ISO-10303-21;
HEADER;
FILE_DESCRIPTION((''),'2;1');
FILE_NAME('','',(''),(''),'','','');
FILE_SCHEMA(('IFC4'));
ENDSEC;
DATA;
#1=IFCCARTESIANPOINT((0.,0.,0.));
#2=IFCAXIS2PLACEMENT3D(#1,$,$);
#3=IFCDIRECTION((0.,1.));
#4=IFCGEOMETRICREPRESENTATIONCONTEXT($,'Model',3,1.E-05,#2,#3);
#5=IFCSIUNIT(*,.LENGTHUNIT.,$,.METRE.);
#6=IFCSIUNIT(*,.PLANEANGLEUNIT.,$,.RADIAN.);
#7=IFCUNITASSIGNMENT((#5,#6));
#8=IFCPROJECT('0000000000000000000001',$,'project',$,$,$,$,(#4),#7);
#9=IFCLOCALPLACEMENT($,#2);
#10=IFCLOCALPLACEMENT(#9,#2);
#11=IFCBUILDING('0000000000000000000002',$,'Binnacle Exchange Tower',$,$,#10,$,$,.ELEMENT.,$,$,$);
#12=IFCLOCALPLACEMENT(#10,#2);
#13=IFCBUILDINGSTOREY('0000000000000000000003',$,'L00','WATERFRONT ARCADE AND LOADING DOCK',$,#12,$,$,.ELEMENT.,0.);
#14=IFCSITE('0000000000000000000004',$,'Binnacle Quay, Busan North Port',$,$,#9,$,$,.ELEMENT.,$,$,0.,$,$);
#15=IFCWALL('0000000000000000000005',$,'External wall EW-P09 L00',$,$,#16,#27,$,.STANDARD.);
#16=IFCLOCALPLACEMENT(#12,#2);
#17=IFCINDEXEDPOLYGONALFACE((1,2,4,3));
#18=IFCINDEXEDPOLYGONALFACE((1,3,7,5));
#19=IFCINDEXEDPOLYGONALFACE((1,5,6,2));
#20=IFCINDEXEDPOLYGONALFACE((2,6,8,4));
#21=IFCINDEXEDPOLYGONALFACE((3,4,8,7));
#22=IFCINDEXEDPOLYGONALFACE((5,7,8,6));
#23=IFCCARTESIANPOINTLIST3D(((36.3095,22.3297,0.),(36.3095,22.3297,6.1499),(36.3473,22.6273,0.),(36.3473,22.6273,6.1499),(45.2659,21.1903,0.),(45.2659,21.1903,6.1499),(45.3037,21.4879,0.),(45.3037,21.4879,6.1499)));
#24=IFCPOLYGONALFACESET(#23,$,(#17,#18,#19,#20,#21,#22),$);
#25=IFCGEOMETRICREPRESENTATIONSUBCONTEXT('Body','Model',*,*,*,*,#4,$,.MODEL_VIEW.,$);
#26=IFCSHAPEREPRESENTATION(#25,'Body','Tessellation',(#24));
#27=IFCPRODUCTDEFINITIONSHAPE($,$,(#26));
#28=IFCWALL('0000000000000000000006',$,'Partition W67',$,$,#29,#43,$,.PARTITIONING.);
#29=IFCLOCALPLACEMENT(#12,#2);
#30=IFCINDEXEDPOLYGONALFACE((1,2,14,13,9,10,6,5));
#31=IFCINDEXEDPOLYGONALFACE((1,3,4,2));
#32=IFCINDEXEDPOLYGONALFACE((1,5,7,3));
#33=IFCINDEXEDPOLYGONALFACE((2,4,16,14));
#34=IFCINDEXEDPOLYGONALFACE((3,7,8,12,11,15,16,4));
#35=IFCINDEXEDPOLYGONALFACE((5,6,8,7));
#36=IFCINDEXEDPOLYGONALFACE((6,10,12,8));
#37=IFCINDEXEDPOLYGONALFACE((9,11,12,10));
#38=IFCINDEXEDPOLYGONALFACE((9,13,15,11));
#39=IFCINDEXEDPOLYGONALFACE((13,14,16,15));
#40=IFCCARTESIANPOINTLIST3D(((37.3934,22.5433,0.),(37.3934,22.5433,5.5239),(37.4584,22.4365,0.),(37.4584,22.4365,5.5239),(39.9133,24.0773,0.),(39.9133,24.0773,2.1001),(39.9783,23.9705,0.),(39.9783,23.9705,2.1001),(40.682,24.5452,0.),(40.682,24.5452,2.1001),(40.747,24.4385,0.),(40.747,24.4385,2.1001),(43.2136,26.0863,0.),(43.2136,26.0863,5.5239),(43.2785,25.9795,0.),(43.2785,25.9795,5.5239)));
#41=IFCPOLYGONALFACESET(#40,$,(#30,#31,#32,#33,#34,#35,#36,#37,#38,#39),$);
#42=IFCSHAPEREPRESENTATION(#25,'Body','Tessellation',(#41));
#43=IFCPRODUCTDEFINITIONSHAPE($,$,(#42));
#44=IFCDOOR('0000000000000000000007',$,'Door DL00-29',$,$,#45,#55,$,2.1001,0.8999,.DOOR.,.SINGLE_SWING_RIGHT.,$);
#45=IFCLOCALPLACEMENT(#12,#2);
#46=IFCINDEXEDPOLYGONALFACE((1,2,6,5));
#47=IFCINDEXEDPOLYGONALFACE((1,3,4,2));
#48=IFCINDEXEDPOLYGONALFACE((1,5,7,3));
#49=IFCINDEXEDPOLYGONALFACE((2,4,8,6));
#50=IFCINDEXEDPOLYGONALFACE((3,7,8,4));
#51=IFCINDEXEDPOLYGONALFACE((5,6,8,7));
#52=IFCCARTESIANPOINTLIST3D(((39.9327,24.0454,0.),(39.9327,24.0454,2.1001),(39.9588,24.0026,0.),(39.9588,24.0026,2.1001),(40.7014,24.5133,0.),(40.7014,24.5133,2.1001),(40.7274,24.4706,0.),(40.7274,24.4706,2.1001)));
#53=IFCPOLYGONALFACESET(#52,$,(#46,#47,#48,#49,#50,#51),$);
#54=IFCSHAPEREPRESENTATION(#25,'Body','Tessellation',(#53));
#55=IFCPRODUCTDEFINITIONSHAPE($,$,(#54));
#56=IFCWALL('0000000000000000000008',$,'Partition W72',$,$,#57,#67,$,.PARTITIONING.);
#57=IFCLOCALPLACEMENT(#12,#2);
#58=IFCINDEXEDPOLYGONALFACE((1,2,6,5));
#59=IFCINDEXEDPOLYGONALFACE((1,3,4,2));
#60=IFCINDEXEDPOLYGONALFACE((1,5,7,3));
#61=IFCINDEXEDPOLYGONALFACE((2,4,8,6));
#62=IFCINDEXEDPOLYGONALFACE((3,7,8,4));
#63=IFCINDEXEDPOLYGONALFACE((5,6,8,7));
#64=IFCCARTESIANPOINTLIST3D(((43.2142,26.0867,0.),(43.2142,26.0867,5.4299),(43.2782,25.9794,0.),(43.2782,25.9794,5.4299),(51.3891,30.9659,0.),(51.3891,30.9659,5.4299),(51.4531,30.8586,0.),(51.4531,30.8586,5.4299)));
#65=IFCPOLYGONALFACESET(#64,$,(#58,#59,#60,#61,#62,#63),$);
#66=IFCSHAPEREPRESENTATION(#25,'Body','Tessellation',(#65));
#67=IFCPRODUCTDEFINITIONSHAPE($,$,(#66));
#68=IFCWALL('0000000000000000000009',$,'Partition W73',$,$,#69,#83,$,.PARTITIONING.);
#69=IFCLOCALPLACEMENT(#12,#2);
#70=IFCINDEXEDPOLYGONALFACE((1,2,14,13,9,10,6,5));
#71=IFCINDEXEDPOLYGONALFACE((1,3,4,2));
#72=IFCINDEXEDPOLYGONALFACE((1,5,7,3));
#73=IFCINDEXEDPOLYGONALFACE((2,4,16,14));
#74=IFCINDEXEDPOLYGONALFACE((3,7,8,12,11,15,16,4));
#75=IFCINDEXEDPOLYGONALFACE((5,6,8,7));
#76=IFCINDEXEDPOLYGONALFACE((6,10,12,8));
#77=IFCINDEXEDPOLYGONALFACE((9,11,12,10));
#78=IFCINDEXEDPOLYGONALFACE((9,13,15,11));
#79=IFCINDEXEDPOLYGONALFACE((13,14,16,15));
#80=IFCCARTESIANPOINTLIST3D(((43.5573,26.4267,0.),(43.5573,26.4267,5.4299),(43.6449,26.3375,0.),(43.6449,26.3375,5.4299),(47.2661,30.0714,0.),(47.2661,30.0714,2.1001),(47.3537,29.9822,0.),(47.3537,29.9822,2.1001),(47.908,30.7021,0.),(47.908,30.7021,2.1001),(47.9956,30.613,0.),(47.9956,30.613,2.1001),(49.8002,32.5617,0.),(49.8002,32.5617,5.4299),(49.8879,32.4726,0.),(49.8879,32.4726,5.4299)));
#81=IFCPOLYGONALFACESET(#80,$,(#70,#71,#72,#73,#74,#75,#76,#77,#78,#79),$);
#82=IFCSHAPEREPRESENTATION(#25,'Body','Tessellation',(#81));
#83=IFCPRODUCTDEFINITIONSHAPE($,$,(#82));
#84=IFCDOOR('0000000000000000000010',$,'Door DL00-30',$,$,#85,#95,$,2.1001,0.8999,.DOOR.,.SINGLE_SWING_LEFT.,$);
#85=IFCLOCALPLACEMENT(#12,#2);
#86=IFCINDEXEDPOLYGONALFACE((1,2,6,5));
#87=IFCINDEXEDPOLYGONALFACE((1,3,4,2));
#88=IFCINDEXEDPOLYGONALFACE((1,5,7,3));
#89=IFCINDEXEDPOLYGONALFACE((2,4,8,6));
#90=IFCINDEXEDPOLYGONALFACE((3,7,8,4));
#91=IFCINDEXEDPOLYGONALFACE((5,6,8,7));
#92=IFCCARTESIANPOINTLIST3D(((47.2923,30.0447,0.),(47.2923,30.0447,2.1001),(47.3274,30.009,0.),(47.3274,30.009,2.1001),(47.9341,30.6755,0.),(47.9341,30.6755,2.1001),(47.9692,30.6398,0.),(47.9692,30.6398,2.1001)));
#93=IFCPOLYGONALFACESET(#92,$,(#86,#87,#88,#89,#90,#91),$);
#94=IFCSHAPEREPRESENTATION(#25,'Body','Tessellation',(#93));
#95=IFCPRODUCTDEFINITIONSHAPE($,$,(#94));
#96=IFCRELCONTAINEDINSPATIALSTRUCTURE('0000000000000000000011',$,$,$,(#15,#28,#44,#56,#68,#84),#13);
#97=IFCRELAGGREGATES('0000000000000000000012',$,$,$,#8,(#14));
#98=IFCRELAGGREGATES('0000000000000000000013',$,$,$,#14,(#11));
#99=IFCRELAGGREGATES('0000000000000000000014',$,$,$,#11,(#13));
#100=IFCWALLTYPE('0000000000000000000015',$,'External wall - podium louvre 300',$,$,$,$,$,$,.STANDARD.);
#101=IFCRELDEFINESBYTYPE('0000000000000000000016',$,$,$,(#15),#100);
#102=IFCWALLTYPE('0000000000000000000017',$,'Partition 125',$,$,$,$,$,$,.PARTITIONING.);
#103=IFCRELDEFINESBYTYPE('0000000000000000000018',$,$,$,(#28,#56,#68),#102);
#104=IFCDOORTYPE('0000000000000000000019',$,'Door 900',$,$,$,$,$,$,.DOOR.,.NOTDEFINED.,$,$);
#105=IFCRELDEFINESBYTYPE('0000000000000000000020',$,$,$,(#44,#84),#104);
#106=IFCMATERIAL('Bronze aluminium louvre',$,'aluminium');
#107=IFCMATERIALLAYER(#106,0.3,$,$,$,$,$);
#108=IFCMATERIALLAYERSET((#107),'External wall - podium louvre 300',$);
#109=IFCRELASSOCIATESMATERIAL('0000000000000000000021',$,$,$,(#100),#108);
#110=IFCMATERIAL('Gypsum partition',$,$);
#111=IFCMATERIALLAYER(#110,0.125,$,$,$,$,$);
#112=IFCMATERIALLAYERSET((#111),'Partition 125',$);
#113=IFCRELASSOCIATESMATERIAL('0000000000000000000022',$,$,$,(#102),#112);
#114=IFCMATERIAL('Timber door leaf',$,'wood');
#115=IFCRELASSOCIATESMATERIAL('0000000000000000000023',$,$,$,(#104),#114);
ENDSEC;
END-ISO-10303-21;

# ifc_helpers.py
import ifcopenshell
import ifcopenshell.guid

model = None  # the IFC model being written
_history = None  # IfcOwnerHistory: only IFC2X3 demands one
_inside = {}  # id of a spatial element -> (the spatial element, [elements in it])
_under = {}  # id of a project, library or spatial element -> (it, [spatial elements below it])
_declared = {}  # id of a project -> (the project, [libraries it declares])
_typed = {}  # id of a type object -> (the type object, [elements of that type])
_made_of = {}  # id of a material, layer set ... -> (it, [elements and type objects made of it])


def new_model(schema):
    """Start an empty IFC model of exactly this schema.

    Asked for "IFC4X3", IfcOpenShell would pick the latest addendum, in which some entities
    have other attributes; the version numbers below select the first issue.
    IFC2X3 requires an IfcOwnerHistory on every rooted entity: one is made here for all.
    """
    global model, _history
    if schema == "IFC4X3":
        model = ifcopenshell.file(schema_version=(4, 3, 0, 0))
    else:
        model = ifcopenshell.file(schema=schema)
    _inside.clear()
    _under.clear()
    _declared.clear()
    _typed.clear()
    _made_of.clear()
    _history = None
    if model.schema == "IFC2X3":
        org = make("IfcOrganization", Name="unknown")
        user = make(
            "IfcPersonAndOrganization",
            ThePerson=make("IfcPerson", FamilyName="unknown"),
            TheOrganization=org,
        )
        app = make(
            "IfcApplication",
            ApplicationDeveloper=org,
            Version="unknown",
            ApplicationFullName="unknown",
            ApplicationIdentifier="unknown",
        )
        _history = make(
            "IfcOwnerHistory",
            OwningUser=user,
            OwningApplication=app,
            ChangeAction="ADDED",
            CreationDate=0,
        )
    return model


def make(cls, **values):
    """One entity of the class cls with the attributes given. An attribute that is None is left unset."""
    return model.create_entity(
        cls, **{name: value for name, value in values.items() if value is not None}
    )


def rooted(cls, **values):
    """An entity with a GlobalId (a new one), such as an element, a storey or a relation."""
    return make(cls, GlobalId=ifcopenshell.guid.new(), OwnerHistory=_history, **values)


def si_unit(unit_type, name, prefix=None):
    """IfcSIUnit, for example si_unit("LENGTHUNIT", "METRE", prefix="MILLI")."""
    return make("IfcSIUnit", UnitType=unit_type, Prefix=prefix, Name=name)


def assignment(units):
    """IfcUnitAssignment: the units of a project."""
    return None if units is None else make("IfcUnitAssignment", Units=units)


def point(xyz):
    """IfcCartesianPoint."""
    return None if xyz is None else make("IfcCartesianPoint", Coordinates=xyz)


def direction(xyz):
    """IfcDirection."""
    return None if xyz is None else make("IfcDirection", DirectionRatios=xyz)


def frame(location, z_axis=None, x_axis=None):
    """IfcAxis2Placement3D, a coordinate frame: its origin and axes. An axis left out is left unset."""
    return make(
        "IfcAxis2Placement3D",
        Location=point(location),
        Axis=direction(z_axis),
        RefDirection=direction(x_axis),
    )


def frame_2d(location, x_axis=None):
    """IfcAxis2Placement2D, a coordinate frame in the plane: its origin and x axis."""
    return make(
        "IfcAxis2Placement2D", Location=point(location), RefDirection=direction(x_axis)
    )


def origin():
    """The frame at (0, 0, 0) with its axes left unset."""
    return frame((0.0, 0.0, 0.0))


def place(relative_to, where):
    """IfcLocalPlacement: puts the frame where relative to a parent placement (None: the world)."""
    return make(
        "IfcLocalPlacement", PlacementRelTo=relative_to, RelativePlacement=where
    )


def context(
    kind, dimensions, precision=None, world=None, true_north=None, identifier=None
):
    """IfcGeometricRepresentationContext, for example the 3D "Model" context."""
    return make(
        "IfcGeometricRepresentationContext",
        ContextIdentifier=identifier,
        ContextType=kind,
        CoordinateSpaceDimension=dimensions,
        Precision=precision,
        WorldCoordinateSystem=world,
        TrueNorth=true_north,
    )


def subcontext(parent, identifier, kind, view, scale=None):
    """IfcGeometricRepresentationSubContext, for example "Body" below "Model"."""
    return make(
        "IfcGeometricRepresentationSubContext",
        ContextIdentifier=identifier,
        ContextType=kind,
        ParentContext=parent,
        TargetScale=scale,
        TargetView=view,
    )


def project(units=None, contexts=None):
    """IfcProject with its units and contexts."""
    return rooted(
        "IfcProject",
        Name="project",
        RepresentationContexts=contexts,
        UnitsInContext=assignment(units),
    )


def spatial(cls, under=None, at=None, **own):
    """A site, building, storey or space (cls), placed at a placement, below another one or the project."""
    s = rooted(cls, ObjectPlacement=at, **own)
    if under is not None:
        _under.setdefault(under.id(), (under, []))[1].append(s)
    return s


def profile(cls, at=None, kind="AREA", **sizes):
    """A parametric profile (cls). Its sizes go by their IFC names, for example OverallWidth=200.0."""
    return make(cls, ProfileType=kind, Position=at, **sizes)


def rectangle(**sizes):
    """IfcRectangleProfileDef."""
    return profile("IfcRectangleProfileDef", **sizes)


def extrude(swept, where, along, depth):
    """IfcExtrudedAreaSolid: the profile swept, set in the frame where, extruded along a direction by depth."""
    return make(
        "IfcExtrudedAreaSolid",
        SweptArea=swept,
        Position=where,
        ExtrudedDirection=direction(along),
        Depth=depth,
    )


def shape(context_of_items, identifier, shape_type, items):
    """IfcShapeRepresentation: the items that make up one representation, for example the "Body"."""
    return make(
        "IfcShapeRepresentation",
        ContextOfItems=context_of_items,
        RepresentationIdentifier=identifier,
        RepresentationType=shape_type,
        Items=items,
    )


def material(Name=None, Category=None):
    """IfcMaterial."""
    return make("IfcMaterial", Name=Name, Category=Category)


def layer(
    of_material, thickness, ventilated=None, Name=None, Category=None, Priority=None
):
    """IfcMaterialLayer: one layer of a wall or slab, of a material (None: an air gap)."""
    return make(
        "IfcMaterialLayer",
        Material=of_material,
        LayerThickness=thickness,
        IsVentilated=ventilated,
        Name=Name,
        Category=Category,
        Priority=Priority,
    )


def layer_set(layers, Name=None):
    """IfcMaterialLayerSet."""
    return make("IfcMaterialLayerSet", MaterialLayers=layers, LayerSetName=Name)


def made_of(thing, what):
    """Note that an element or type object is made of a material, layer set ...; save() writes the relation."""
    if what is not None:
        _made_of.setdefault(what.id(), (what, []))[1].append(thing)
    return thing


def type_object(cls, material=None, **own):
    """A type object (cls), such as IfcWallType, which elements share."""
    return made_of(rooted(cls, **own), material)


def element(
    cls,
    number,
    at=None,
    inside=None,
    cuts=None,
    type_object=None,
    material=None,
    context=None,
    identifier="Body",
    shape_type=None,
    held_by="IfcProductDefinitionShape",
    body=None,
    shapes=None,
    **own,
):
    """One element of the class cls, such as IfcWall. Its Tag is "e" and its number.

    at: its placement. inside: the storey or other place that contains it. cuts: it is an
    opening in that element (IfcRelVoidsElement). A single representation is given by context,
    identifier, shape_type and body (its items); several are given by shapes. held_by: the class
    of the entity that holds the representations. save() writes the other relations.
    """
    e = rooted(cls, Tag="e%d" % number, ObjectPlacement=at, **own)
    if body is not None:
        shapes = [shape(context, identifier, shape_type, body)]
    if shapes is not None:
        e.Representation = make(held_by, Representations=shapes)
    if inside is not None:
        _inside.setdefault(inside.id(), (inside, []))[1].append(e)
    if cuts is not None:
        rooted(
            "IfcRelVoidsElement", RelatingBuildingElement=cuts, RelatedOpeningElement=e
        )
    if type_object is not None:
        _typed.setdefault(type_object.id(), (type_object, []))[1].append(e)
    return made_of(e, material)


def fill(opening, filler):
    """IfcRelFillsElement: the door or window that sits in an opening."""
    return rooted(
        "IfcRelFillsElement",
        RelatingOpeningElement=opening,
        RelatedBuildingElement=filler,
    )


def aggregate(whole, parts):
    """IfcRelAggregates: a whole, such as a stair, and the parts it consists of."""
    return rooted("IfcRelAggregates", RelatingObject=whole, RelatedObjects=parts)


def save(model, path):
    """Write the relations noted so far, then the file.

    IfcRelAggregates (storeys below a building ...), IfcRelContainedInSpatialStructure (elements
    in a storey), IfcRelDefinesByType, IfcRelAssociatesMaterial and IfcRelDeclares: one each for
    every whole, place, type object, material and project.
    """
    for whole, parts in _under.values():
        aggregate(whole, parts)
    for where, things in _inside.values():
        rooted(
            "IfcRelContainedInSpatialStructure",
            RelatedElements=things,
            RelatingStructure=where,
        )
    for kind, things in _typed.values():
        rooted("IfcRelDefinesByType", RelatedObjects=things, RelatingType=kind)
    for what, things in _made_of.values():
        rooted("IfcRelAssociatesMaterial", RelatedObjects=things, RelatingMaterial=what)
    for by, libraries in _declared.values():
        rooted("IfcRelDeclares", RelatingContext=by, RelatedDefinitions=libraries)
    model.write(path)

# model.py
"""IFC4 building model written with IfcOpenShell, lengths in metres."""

from ifc_helpers import new_model, si_unit, direction, frame, frame_2d, origin, place, context, subcontext, project, spatial, rectangle, extrude, material, layer, layer_set, type_object, element, fill, save


model = new_model("IFC4")

# Units and contexts
model_context = context("Model", 3, precision=1e-05, world=origin(), true_north=direction((0.0, 1.0)))
body_context = subcontext(model_context, "Body", "Model", "MODEL_VIEW")
ifc_project = project(units=[si_unit("LENGTHUNIT", "METRE"), si_unit("PLANEANGLEUNIT", "RADIAN")], contexts=[model_context])

# Site, building, storey
site_placement = place(None, origin())
site = spatial("IfcSite", under=ifc_project, at=site_placement, Name="Binnacle Quay, Busan North Port", CompositionType="ELEMENT", RefElevation=0.0)
building_placement = place(site_placement, origin())
building = spatial("IfcBuilding", under=site, at=building_placement, Name="Binnacle Exchange Tower", CompositionType="ELEMENT")
storey_placement = place(building_placement, origin())
storey = spatial("IfcBuildingStorey", under=building, at=storey_placement, Name="L00", Description="WATERFRONT ARCADE AND LOADING DOCK", CompositionType="ELEMENT", Elevation=0.0)

# Wall
ifc_material_1 = material(Name="Bronze aluminium louvre", Category="aluminium")
ifc_layer_1 = layer(ifc_material_1, 0.3)
ifc_layer_set_1 = layer_set([ifc_layer_1], Name="External wall - podium louvre 300")
wall_type_1 = type_object("IfcWallType", Name="External wall - podium louvre 300", PredefinedType="STANDARD", material=ifc_layer_set_1)
wall_1_placement = place(storey_placement, frame((45.2847, 21.3391, 0.0), z_axis=(0.0, 0.0, 1.0), x_axis=(-0.992005, 0.126201, 0.0)))
element("IfcWall", 1, at=wall_1_placement, inside=storey, type_object=wall_type_1, Name="External wall EW-P09 L00", PredefinedType="STANDARD", context=body_context, shape_type="SweptSolid", body=[
    extrude(rectangle(XDim=9.0286, YDim=0.3, at=frame_2d((4.5142, 0.0))), origin(), (0.0, 0.0, 1.0), 6.1499),
])

# Wall, opening, door
ifc_material_2 = material(Name="Gypsum partition")
ifc_layer_2 = layer(ifc_material_2, 0.125)
ifc_layer_set_2 = layer_set([ifc_layer_2], Name="Partition 125")
wall_type_2 = type_object("IfcWallType", Name="Partition 125", PredefinedType="PARTITIONING", material=ifc_layer_set_2)
wall_2_placement = place(storey_placement, frame((37.426, 22.49, 0.0), z_axis=(0.0, 0.0, 1.0), x_axis=(0.854178, 0.519981, 0.0)))
wall_2 = element("IfcWall", 2, at=wall_2_placement, inside=storey, type_object=wall_type_2, Name="Partition W67", PredefinedType="PARTITIONING", context=body_context, shape_type="SweptSolid", body=[
    extrude(rectangle(XDim=6.8137, YDim=0.125, at=frame_2d((3.4067, 0.0))), origin(), (0.0, 0.0, 1.0), 5.5239),
])
opening_1_placement = place(wall_2_placement, frame((2.95, 0.0, 0.0)))
opening_1 = element("IfcOpeningElement", 3, at=opening_1_placement, cuts=wall_2, PredefinedType="OPENING", context=body_context, shape_type="SweptSolid", body=[
    extrude(rectangle(XDim=0.8999, YDim=2.1001, at=frame_2d((0.45, 1.05))), frame((0.0, 0.0725, 0.0), z_axis=(0.0, -1.0, 0.0), x_axis=(1.0, 0.0, 0.0)), (0.0, 0.0, 1.0), 0.145),
])
ifc_material_3 = material(Name="Timber door leaf", Category="wood")
door_type = type_object("IfcDoorType", Name="Door 900", OperationType="NOTDEFINED", PredefinedType="DOOR", material=ifc_material_3)
door_1_placement = place(opening_1_placement, frame((0.8999, 0.0, 0.0), z_axis=(0.0, 0.0, 1.0), x_axis=(-1.0, 0.0, 0.0)))
door_1 = element("IfcDoor", 4, at=door_1_placement, inside=storey, type_object=door_type, Name="Door DL00-29", OperationType="SINGLE_SWING_RIGHT", OverallHeight=2.1001, OverallWidth=0.8999, PredefinedType="DOOR", context=body_context, shape_type="SweptSolid", body=[
    extrude(rectangle(XDim=0.8999, YDim=2.1001, at=frame_2d((0.45, 1.05))), frame((0.0, 0.0249, 0.0), z_axis=(0.0, -1.0, 0.0), x_axis=(1.0, 0.0, 0.0)), (0.0, 0.0, 1.0), 0.05),
])
fill(opening_1, door_1)

# Wall
wall_3_placement = place(storey_placement, frame((43.2461, 26.033, 0.0), z_axis=(0.0, 0.0, 1.0), x_axis=(0.858683, 0.512507, 0.0)))
element("IfcWall", 5, at=wall_3_placement, inside=storey, type_object=wall_type_2, Name="Partition W72", PredefinedType="PARTITIONING", context=body_context, shape_type="SweptSolid", body=[
    extrude(rectangle(XDim=9.5203, YDim=0.125, at=frame_2d((4.7603, 0.0))), origin(), (0.0, 0.0, 1.0), 5.4299),
])

# Wall, opening, door
wall_4_placement = place(storey_placement, frame((43.6011, 26.3821, 0.0), z_axis=(0.0, 0.0, 1.0), x_axis=(0.713244, 0.700916, 0.0)))
wall_4 = element("IfcWall", 6, at=wall_4_placement, inside=storey, type_object=wall_type_2, Name="Partition W73", PredefinedType="PARTITIONING", context=body_context, shape_type="SweptSolid", body=[
    extrude(rectangle(XDim=8.7529, YDim=0.125, at=frame_2d((4.3765, 0.0))), origin(), (0.0, 0.0, 1.0), 5.4299),
])
opening_2_placement = place(wall_4_placement, frame((5.2, 0.0, 0.0)))
opening_2 = element("IfcOpeningElement", 7, at=opening_2_placement, cuts=wall_4, PredefinedType="OPENING", context=body_context, shape_type="SweptSolid", body=[
    extrude(rectangle(XDim=0.8999, YDim=2.1001, at=frame_2d((0.45, 1.05))), frame((0.0, 0.0725, 0.0), z_axis=(0.0, -1.0, 0.0), x_axis=(1.0, 0.0, 0.0)), (0.0, 0.0, 1.0), 0.145),
])
door_2_placement = place(opening_2_placement, frame((0.8999, 0.0, 0.0), z_axis=(0.0, 0.0, 1.0), x_axis=(-1.0, 0.0, 0.0)))
door_2 = element("IfcDoor", 8, at=door_2_placement, inside=storey, type_object=door_type, Name="Door DL00-30", OperationType="SINGLE_SWING_LEFT", OverallHeight=2.1001, OverallWidth=0.8999, PredefinedType="DOOR", context=body_context, shape_type="SweptSolid", body=[
    extrude(rectangle(XDim=0.8999, YDim=2.1001, at=frame_2d((0.45, 1.05))), frame((0.0, 0.0249, 0.0), z_axis=(0.0, -1.0, 0.0), x_axis=(1.0, 0.0, 0.0)), (0.0, 0.0, 1.0), 0.05),
])
fill(opening_2, door_2)

save(model, "model.ifc")
